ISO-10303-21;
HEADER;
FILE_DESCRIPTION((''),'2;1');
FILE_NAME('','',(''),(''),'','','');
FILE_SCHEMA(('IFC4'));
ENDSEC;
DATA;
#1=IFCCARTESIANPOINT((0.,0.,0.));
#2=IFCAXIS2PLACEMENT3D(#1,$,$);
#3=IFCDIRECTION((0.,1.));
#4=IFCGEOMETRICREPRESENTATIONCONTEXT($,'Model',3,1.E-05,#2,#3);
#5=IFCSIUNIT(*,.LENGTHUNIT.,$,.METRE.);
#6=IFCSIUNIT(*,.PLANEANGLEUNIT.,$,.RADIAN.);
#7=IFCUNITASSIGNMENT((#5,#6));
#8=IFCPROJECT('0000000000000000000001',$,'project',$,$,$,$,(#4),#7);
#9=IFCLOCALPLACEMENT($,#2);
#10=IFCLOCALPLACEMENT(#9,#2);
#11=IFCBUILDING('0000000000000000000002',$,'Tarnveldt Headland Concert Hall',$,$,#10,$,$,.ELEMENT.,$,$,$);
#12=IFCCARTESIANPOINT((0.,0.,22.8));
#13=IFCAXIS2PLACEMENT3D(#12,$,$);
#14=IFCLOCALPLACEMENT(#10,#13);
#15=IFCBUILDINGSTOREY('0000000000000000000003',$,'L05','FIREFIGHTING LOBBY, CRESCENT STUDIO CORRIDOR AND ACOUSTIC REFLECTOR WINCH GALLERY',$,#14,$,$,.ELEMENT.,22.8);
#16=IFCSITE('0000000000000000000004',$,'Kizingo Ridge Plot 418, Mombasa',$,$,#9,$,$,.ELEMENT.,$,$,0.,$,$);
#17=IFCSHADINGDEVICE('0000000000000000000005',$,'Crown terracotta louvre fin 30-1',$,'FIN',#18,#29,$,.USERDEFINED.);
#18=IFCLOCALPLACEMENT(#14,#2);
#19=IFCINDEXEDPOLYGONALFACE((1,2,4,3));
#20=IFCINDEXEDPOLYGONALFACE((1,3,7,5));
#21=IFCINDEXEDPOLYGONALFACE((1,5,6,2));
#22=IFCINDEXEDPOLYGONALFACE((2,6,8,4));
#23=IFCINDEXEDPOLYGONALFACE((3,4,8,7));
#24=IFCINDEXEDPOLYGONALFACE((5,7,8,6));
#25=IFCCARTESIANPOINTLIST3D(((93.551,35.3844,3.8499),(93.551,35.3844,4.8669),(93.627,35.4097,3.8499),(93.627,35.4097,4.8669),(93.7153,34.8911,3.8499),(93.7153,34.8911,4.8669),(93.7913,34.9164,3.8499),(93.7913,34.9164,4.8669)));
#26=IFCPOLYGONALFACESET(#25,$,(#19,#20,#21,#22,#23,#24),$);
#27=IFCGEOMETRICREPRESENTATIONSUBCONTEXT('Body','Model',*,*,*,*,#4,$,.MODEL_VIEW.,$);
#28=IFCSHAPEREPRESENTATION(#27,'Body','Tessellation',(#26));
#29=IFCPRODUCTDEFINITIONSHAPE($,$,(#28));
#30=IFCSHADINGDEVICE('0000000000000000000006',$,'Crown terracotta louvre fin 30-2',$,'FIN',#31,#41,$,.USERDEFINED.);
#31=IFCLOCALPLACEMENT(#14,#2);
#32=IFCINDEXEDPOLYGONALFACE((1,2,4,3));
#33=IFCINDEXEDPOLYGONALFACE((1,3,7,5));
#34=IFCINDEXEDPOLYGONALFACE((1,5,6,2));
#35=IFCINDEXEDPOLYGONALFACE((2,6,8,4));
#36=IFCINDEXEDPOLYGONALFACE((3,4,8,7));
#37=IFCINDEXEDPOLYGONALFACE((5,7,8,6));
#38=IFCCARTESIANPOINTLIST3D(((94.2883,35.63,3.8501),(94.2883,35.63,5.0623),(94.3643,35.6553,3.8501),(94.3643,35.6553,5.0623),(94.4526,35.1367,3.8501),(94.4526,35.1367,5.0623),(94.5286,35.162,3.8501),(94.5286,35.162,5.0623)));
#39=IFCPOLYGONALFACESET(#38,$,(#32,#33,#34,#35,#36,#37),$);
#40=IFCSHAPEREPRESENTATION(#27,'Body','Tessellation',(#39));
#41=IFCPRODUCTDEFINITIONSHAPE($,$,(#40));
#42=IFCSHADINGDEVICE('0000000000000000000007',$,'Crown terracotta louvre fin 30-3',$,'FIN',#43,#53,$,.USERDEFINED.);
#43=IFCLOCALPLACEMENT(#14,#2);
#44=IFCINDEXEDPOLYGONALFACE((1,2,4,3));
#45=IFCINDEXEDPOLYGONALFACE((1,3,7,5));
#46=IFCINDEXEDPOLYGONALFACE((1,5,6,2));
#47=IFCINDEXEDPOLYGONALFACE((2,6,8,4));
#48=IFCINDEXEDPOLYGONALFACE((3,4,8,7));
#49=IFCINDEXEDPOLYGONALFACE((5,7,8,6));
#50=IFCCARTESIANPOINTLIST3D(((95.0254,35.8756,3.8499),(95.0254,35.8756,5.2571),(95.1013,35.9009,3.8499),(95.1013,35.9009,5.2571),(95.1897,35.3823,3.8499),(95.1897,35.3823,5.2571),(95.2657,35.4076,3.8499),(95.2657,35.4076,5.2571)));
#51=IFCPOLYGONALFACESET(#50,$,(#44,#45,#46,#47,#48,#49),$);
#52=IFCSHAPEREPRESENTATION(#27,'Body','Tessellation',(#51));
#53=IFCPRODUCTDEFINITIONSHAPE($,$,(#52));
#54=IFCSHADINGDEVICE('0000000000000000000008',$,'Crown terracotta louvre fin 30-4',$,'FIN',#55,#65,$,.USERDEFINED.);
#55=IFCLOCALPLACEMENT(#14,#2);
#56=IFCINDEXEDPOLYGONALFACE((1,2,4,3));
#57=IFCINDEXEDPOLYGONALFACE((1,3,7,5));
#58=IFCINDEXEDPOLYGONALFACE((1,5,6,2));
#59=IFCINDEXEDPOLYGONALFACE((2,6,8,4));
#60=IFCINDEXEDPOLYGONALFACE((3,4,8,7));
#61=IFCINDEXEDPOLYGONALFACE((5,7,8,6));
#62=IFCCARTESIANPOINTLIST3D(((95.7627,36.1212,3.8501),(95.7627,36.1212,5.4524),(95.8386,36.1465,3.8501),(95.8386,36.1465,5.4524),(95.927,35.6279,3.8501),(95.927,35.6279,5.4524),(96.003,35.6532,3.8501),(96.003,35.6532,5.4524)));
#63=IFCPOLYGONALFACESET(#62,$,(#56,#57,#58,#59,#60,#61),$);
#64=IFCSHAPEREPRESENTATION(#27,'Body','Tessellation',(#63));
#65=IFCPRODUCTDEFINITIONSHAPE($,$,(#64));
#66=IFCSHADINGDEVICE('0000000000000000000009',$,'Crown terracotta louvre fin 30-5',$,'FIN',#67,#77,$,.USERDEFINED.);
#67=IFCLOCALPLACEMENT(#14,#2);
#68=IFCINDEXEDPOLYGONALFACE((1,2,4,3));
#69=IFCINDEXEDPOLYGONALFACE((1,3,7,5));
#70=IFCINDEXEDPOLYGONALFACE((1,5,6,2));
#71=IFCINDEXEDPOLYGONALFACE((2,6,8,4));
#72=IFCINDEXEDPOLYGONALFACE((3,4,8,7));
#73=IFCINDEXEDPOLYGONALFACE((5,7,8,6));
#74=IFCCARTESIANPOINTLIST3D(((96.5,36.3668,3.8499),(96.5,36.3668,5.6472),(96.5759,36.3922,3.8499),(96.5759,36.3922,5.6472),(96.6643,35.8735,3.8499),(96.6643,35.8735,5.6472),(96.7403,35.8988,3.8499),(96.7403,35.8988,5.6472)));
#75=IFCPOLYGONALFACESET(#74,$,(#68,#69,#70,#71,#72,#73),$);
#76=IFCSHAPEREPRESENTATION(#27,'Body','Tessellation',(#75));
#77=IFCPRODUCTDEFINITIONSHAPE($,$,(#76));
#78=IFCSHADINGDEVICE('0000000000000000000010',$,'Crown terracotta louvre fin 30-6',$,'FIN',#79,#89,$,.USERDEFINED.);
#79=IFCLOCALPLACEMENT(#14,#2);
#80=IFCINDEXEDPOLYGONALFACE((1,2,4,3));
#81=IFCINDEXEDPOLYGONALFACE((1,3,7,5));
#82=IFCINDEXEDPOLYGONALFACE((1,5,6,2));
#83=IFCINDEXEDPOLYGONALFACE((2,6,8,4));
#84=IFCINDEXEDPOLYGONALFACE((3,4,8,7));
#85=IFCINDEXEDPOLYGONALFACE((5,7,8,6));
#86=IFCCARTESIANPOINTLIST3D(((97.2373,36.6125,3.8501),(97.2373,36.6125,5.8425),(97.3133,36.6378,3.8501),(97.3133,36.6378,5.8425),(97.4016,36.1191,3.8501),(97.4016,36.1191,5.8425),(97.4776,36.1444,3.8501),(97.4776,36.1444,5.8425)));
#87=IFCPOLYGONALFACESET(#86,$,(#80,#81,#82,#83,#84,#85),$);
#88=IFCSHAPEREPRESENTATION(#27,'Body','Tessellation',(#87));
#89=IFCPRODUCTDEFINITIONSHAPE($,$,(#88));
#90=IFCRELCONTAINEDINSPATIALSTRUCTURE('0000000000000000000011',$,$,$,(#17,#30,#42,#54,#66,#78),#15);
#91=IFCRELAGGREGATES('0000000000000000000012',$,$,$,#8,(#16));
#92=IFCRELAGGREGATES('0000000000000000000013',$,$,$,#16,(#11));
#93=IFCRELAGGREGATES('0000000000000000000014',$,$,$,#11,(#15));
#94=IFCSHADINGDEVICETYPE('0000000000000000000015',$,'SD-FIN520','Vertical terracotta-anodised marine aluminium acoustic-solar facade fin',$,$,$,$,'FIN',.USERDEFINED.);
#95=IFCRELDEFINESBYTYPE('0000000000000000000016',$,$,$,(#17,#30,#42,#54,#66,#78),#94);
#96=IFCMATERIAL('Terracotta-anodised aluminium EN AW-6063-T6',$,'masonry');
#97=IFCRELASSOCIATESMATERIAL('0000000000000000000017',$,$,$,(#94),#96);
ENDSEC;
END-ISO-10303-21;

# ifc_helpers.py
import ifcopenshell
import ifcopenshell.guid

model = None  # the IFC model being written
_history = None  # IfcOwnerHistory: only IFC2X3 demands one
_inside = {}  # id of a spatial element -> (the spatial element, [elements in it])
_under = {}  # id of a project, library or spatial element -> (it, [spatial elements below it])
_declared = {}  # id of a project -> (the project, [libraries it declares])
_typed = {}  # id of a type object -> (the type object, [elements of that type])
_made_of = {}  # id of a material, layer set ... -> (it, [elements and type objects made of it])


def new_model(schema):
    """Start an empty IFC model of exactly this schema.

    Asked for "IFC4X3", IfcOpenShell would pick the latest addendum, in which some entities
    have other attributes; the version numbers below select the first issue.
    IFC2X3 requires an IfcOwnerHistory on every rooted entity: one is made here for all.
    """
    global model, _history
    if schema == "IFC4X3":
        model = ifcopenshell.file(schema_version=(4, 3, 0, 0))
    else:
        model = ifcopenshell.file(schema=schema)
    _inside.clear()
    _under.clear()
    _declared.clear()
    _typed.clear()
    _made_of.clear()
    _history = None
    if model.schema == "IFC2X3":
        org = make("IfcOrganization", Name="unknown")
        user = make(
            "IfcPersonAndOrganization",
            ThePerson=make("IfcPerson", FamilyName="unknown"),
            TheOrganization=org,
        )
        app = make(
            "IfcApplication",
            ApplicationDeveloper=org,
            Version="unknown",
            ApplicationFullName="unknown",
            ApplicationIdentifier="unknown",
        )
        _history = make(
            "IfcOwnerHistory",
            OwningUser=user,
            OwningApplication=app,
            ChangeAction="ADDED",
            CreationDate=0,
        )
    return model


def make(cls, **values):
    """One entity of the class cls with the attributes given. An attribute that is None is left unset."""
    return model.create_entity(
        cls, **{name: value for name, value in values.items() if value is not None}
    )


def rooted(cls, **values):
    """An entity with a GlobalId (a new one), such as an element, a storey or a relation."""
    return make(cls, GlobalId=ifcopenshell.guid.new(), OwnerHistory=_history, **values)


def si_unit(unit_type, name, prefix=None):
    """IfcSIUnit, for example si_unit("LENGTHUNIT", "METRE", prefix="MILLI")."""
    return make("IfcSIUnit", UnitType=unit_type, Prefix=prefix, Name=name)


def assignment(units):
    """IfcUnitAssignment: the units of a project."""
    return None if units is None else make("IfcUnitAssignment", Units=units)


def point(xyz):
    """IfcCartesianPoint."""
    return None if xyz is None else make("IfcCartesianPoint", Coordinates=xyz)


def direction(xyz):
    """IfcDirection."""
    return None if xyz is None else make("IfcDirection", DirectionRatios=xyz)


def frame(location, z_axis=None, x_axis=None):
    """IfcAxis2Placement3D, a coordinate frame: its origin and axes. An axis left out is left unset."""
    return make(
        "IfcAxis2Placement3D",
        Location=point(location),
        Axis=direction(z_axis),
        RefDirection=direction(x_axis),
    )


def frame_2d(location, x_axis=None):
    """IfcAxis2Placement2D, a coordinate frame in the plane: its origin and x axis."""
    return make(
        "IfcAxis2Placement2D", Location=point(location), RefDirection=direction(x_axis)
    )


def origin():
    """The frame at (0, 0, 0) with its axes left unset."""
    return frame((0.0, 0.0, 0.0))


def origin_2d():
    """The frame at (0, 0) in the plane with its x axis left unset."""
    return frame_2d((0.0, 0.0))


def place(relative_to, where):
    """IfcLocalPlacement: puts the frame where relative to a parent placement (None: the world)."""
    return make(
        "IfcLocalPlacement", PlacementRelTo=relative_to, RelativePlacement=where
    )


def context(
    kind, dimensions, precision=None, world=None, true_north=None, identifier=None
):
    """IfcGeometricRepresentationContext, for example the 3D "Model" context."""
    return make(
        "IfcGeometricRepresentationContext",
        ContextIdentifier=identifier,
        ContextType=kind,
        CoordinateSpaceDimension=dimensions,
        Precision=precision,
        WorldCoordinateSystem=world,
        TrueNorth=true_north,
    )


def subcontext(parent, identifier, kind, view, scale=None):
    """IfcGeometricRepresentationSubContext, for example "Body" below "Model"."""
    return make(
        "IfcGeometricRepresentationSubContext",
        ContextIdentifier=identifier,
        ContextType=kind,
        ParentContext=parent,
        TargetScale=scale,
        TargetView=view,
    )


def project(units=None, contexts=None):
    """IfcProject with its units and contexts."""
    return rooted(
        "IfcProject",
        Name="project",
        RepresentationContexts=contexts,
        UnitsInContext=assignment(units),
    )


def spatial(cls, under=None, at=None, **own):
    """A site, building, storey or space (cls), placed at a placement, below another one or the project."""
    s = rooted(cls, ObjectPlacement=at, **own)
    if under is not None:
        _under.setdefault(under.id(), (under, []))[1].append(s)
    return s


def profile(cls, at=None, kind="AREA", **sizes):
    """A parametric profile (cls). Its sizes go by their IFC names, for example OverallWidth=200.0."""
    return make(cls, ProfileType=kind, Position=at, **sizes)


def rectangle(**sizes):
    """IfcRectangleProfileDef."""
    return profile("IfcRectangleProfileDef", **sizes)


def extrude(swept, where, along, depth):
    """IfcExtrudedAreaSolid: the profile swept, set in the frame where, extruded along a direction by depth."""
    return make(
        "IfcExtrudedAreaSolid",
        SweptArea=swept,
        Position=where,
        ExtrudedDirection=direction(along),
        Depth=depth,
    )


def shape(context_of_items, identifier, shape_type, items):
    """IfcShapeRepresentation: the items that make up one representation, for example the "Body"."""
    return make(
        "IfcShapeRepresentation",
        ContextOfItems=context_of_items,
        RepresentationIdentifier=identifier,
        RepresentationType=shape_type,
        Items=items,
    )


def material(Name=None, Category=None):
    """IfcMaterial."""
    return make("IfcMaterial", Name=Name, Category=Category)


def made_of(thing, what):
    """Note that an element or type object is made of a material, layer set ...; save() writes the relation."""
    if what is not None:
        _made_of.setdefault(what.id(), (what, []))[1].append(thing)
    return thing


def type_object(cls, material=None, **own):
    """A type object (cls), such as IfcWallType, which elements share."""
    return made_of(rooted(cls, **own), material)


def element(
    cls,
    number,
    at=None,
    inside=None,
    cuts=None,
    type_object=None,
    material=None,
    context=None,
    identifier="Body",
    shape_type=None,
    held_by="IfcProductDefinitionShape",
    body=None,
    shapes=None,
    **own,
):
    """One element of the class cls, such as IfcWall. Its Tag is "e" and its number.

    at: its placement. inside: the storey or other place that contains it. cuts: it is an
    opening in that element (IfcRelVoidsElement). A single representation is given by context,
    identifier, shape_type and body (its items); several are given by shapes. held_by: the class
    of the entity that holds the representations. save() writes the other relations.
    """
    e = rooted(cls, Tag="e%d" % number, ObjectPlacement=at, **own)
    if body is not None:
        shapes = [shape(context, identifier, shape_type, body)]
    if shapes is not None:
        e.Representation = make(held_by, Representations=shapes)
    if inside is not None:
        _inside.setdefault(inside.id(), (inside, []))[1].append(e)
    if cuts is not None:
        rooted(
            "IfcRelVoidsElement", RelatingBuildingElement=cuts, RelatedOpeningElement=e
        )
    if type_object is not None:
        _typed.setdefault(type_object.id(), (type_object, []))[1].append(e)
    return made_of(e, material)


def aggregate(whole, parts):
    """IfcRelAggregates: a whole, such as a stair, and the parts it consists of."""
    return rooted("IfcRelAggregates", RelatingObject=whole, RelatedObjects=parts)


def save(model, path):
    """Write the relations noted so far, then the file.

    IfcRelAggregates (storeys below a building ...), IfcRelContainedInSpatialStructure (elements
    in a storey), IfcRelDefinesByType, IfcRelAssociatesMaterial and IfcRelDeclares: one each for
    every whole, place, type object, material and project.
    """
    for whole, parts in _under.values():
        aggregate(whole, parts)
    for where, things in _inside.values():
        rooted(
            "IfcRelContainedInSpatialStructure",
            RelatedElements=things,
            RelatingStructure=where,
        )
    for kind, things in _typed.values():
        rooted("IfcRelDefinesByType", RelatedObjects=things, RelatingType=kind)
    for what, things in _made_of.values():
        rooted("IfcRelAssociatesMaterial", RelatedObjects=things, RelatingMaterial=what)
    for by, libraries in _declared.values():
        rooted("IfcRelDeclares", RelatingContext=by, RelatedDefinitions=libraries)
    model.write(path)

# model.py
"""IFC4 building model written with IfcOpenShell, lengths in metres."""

from ifc_helpers import new_model, si_unit, direction, frame, origin, origin_2d, place, context, subcontext, project, spatial, rectangle, extrude, material, type_object, element, save


model = new_model("IFC4")

# Units and contexts
model_context = context("Model", 3, precision=1e-05, world=origin(), true_north=direction((0.0, 1.0)))
body_context = subcontext(model_context, "Body", "Model", "MODEL_VIEW")
ifc_project = project(units=[si_unit("LENGTHUNIT", "METRE"), si_unit("PLANEANGLEUNIT", "RADIAN")], contexts=[model_context])

# Site, building, storey
site_placement = place(None, origin())
site = spatial("IfcSite", under=ifc_project, at=site_placement, Name="Kizingo Ridge Plot 418, Mombasa", CompositionType="ELEMENT", RefElevation=0.0)
building_placement = place(site_placement, origin())
building = spatial("IfcBuilding", under=site, at=building_placement, Name="Tarnveldt Headland Concert Hall", CompositionType="ELEMENT")
storey_placement = place(building_placement, frame((0.0, 0.0, 22.8)))
storey = spatial("IfcBuildingStorey", under=building, at=storey_placement, Name="L05", Description="FIREFIGHTING LOBBY, CRESCENT STUDIO CORRIDOR AND ACOUSTIC REFLECTOR WINCH GALLERY", CompositionType="ELEMENT", Elevation=22.8)

# Shading devices
ifc_material_1 = material(Name="Terracotta-anodised aluminium EN AW-6063-T6", Category="masonry")
shading_device_type = type_object("IfcShadingDeviceType", Name="SD-FIN520", Description="Vertical terracotta-anodised marine aluminium acoustic-solar facade fin", ElementType="FIN", PredefinedType="USERDEFINED", material=ifc_material_1)
shading_device_1_placement = place(storey_placement, frame((93.6711, 35.1504, 3.8499), z_axis=(0.0, 0.0, 1.0), x_axis=(0.31598, -0.948766, 0.0)))
element("IfcShadingDevice", 1, at=shading_device_1_placement, inside=storey, type_object=shading_device_type, Name="Crown terracotta louvre fin 30-1", ObjectType="FIN", PredefinedType="USERDEFINED", context=body_context, shape_type="SweptSolid", body=[
    extrude(rectangle(XDim=0.52, YDim=0.0801, at=origin_2d()), origin(), (0.0, 0.0, 1.0), 1.0171),
])
shading_device_2_placement = place(storey_placement, frame((94.4084, 35.396, 3.8501), z_axis=(0.0, 0.0, 1.0), x_axis=(0.31598, -0.948766, 0.0)))
element("IfcShadingDevice", 2, at=shading_device_2_placement, inside=storey, type_object=shading_device_type, Name="Crown terracotta louvre fin 30-2", ObjectType="FIN", PredefinedType="USERDEFINED", context=body_context, shape_type="SweptSolid", body=[
    extrude(rectangle(XDim=0.52, YDim=0.0801, at=origin_2d()), origin(), (0.0, 0.0, 1.0), 1.2122),
])
shading_device_3_placement = place(storey_placement, frame((95.1455, 35.6416, 3.8499), z_axis=(0.0, 0.0, 1.0), x_axis=(0.31598, -0.948766, 0.0)))
element("IfcShadingDevice", 3, at=shading_device_3_placement, inside=storey, type_object=shading_device_type, Name="Crown terracotta louvre fin 30-3", ObjectType="FIN", PredefinedType="USERDEFINED", context=body_context, shape_type="SweptSolid", body=[
    extrude(rectangle(XDim=0.52, YDim=0.0801, at=origin_2d()), origin(), (0.0, 0.0, 1.0), 1.4072),
])
shading_device_4_placement = place(storey_placement, frame((95.8828, 35.8872, 3.8501), z_axis=(0.0, 0.0, 1.0), x_axis=(0.31598, -0.948766, 0.0)))
element("IfcShadingDevice", 4, at=shading_device_4_placement, inside=storey, type_object=shading_device_type, Name="Crown terracotta louvre fin 30-4", ObjectType="FIN", PredefinedType="USERDEFINED", context=body_context, shape_type="SweptSolid", body=[
    extrude(rectangle(XDim=0.52, YDim=0.0801, at=origin_2d()), origin(), (0.0, 0.0, 1.0), 1.6023),
])
shading_device_5_placement = place(storey_placement, frame((96.6201, 36.1328, 3.8499), z_axis=(0.0, 0.0, 1.0), x_axis=(0.31598, -0.948766, 0.0)))
element("IfcShadingDevice", 5, at=shading_device_5_placement, inside=storey, type_object=shading_device_type, Name="Crown terracotta louvre fin 30-5", ObjectType="FIN", PredefinedType="USERDEFINED", context=body_context, shape_type="SweptSolid", body=[
    extrude(rectangle(XDim=0.52, YDim=0.0801, at=origin_2d()), origin(), (0.0, 0.0, 1.0), 1.7974),
])
shading_device_6_placement = place(storey_placement, frame((97.3574, 36.3784, 3.8501), z_axis=(0.0, 0.0, 1.0), x_axis=(0.31598, -0.948766, 0.0)))
element("IfcShadingDevice", 6, at=shading_device_6_placement, inside=storey, type_object=shading_device_type, Name="Crown terracotta louvre fin 30-6", ObjectType="FIN", PredefinedType="USERDEFINED", context=body_context, shape_type="SweptSolid", body=[
    extrude(rectangle(XDim=0.52, YDim=0.0801, at=origin_2d()), origin(), (0.0, 0.0, 1.0), 1.9924),
])

save(model, "model.ifc")
